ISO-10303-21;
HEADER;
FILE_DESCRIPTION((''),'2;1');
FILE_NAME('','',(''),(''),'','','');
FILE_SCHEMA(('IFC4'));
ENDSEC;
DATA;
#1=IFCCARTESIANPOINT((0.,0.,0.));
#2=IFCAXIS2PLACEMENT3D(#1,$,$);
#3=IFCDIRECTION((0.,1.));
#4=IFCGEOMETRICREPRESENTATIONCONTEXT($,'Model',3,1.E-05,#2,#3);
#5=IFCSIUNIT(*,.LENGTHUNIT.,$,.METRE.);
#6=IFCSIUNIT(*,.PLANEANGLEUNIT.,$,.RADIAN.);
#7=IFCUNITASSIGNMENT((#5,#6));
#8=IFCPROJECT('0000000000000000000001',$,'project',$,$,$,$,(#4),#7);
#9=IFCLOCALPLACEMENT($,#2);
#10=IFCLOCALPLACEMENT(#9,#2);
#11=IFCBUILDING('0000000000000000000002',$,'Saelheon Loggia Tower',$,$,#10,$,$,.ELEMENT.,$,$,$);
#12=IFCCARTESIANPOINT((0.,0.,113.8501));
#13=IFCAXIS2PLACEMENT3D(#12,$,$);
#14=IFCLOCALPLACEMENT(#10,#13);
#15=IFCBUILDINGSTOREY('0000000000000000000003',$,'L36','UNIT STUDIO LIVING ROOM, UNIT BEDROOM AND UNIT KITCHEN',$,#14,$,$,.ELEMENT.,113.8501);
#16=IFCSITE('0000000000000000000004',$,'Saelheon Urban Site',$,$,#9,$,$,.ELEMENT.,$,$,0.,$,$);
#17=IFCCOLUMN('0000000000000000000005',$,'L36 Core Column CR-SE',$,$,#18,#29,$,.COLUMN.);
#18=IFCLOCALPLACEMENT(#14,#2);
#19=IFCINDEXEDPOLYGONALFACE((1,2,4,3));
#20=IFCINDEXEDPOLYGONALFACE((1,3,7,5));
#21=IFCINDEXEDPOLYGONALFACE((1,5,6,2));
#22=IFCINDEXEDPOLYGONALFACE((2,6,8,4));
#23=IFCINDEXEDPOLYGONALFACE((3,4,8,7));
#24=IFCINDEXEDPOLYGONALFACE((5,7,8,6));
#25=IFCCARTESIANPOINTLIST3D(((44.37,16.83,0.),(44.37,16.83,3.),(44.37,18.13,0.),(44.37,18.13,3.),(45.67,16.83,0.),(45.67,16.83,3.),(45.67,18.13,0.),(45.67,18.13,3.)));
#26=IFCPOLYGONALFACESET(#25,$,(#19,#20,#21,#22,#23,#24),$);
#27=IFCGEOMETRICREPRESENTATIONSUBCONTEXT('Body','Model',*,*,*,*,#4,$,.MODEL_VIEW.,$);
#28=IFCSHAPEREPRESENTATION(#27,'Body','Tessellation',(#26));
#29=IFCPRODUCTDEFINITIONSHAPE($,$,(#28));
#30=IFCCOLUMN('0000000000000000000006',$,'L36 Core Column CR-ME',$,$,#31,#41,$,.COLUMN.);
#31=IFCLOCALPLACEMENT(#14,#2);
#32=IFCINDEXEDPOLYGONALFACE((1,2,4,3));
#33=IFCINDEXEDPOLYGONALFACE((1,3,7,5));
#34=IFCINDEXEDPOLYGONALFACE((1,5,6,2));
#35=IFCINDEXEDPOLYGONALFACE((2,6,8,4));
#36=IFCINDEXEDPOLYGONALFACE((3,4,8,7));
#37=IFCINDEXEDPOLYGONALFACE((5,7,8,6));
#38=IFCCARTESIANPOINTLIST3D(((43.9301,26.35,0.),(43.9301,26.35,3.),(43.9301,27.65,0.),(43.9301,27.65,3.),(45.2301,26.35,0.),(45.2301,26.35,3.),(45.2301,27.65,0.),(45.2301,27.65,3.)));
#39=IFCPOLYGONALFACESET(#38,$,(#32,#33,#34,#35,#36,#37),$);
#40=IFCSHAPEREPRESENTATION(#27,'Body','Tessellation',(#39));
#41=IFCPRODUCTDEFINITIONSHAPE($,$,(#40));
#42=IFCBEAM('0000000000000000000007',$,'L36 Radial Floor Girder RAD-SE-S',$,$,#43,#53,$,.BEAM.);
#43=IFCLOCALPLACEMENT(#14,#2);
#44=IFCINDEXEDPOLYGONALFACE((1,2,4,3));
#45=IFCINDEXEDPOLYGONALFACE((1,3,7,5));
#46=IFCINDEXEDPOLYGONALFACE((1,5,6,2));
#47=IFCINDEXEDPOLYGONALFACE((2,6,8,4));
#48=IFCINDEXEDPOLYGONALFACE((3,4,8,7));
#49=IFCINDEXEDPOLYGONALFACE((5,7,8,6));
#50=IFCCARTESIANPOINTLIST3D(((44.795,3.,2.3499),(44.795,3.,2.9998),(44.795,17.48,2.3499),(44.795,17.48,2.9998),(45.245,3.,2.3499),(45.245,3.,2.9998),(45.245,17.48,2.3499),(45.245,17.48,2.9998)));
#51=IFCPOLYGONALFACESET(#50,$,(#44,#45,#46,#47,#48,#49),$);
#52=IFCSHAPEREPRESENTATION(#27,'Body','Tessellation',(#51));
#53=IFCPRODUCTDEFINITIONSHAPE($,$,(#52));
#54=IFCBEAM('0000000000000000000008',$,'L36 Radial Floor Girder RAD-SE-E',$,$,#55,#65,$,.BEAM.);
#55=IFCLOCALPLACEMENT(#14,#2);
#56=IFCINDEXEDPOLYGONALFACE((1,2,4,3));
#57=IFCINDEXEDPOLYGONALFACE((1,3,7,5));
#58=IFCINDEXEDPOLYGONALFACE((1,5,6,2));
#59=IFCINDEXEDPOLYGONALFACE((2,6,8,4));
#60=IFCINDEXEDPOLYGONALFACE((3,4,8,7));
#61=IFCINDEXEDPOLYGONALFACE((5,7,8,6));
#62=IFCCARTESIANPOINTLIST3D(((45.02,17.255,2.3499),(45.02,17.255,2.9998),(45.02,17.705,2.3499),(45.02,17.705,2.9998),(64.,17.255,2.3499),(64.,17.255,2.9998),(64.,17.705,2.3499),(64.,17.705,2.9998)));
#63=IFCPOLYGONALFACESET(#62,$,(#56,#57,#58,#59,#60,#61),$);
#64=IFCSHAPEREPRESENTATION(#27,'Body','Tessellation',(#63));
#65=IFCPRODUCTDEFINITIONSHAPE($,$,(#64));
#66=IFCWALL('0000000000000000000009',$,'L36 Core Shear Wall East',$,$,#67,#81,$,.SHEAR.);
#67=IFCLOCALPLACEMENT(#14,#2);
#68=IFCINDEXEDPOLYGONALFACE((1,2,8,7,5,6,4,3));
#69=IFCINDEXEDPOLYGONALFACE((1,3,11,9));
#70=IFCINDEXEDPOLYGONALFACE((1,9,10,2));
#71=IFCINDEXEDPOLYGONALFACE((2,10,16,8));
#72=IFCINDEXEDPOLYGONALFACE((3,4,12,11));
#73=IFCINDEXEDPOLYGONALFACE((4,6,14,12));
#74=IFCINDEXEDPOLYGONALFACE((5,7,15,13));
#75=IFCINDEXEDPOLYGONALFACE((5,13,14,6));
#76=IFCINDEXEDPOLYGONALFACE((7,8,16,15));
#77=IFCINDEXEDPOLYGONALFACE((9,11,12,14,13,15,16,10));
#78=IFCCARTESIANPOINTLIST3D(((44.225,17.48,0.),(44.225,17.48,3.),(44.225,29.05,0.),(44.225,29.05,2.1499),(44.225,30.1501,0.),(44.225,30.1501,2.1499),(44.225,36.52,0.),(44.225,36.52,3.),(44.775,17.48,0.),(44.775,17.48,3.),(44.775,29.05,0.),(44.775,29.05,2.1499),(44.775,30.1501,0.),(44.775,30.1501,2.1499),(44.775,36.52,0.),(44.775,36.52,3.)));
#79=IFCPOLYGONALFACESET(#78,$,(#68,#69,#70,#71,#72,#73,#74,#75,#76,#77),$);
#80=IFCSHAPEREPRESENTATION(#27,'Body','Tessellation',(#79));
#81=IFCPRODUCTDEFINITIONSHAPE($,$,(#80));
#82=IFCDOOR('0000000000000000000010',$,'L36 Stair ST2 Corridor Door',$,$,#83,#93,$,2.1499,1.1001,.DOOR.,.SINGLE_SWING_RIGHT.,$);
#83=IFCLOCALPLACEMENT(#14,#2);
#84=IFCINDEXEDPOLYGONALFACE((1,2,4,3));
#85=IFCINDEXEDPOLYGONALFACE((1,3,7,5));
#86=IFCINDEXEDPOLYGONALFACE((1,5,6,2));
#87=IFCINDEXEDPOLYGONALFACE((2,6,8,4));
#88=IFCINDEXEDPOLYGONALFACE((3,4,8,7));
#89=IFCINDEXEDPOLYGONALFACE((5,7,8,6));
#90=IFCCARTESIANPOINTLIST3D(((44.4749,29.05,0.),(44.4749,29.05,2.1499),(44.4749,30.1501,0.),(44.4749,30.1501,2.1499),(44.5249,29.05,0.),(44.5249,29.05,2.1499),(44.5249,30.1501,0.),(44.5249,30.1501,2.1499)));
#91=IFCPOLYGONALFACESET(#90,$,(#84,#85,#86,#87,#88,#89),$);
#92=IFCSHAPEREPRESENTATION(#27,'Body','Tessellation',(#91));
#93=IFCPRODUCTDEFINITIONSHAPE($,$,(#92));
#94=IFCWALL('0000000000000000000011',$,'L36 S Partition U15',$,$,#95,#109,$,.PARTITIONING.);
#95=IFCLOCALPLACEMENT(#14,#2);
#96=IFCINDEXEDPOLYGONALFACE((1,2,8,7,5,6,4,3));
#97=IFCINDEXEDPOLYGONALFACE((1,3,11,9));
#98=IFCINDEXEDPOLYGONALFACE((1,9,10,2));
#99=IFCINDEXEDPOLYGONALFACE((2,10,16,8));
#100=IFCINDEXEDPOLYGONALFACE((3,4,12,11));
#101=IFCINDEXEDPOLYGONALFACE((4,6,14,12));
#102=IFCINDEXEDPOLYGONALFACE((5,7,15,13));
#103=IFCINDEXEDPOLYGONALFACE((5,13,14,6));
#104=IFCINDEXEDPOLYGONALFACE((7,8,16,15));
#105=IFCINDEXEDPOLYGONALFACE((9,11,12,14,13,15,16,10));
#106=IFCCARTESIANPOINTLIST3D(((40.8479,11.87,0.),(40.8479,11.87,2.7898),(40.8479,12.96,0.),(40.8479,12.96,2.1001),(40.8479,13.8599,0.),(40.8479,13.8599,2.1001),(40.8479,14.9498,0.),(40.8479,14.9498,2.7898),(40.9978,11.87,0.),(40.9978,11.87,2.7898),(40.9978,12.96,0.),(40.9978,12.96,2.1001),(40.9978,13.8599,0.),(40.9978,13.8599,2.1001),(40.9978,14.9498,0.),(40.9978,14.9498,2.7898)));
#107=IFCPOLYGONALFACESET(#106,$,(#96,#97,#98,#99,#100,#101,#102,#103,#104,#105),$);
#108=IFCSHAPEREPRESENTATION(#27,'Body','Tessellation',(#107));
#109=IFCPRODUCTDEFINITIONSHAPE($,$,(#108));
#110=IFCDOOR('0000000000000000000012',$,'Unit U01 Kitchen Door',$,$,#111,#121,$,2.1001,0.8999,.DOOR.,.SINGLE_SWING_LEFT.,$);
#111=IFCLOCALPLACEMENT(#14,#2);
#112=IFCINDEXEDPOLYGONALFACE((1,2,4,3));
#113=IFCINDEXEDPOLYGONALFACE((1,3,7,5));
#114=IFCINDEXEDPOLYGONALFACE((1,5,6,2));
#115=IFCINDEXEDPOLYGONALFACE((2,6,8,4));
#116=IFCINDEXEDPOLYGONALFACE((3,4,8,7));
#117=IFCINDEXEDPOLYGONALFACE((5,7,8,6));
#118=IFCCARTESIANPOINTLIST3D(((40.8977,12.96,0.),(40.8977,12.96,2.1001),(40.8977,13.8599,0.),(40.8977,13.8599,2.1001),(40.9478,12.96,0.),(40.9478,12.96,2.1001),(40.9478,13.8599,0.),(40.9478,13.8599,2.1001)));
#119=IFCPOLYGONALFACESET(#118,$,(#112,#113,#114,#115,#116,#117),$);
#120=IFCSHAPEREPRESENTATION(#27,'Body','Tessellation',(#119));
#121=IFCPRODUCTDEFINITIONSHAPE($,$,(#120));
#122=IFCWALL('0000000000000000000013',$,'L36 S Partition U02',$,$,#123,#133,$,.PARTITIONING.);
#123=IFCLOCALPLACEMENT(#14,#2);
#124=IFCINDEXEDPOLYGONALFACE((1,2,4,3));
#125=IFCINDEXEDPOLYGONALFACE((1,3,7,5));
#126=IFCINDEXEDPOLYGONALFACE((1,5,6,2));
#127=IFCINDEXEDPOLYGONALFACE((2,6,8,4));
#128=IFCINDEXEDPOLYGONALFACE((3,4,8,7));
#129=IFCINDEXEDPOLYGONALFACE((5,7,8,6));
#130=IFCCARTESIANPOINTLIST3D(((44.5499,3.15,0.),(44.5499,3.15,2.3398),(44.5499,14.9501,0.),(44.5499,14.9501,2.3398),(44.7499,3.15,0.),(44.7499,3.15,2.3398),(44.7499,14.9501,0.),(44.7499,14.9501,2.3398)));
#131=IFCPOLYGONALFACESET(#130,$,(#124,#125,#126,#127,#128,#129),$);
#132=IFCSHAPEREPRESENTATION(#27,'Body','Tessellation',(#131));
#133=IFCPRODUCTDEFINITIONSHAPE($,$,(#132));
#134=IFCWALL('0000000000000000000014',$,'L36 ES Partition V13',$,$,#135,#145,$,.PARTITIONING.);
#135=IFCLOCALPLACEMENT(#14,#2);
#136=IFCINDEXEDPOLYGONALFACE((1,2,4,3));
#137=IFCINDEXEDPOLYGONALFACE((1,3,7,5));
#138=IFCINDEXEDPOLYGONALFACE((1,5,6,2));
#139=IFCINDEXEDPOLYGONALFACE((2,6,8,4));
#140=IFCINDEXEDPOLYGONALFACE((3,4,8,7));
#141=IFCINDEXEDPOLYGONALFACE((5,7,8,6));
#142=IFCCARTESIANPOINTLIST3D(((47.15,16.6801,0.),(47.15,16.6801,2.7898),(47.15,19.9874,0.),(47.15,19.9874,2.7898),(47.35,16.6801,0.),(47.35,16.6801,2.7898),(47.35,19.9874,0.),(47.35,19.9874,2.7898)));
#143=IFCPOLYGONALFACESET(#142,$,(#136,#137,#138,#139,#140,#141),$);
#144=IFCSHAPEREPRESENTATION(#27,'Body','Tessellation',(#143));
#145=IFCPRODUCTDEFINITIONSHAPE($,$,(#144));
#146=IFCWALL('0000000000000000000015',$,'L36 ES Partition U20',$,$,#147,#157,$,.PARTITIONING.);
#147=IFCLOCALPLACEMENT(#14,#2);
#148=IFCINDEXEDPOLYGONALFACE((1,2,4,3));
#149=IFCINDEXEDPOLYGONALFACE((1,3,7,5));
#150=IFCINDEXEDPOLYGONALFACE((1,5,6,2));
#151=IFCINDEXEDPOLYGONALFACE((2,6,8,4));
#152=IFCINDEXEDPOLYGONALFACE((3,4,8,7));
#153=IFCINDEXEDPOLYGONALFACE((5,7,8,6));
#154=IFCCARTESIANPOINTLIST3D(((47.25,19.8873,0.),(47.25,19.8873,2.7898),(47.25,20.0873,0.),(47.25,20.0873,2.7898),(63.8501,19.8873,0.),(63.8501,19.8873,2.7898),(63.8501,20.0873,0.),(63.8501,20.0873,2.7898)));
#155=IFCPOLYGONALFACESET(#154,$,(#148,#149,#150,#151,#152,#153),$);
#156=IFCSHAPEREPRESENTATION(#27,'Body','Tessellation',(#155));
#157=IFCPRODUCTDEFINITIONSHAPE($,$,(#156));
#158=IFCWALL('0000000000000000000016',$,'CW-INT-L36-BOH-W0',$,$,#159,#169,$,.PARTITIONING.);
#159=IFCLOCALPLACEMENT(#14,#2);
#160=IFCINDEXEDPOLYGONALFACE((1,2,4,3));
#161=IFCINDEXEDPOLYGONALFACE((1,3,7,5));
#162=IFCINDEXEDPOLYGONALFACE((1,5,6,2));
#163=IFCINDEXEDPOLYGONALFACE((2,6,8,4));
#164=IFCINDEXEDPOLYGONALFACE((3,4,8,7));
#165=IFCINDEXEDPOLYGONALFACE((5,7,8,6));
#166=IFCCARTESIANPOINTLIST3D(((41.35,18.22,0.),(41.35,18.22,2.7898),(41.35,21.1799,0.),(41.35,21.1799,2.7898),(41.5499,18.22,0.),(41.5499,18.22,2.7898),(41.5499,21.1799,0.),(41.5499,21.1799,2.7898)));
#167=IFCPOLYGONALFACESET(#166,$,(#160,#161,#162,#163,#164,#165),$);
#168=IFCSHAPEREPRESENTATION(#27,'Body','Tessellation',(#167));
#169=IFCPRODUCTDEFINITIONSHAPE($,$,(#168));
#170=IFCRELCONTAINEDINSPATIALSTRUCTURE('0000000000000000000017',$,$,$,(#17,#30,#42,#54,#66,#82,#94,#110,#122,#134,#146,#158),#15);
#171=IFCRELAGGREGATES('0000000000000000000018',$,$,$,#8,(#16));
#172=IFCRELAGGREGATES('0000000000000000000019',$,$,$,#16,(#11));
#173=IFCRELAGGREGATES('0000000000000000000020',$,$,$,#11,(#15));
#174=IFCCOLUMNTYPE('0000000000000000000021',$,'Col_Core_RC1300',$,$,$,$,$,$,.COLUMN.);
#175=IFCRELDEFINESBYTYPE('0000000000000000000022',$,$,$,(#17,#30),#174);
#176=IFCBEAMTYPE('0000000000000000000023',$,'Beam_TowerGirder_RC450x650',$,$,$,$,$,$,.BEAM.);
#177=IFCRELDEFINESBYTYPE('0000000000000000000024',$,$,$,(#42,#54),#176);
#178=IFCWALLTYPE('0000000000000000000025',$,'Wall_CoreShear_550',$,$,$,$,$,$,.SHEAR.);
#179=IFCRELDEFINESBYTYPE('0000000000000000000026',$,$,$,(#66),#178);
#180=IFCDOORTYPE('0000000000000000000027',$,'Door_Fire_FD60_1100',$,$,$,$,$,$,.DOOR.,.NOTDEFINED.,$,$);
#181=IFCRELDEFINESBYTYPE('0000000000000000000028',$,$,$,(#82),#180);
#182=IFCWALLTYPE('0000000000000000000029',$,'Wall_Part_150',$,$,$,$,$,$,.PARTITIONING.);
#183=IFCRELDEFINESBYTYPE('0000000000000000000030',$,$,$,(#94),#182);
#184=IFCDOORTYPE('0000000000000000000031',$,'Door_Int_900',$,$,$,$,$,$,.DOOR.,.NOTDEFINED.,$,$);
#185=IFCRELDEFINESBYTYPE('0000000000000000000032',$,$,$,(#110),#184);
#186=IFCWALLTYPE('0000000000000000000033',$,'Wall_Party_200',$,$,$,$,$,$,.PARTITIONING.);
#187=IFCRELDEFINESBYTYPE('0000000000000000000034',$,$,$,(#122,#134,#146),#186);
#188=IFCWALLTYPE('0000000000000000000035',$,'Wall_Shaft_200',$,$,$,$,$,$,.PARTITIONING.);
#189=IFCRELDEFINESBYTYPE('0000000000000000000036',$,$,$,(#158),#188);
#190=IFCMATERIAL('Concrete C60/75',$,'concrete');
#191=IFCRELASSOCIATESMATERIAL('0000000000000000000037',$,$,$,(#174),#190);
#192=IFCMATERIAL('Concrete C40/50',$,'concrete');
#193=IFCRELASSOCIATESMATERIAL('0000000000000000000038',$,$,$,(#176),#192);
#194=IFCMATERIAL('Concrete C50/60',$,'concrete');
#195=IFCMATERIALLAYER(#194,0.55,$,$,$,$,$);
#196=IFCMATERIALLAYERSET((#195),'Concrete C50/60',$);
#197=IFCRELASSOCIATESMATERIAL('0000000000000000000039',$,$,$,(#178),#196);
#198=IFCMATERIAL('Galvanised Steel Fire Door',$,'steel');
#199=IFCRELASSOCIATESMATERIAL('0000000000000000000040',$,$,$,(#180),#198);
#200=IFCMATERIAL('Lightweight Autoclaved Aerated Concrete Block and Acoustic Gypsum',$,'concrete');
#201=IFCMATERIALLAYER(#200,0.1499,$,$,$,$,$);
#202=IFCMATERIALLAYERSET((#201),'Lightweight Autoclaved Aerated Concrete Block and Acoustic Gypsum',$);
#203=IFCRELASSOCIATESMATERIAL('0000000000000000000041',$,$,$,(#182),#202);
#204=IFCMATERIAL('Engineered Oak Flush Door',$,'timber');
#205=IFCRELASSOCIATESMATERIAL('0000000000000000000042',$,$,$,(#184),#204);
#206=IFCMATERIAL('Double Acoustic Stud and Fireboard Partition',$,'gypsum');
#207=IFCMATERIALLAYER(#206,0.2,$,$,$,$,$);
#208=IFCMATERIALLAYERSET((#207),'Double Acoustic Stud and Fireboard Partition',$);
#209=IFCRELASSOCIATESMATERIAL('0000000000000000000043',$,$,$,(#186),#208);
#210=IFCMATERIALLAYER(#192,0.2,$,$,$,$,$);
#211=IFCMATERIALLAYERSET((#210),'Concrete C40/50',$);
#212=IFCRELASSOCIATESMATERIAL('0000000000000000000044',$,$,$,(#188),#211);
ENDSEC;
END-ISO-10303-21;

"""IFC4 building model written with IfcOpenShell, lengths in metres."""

from ifc_helpers import new_model, si_unit, direction, frame, frame_2d, origin, origin_2d, place, context, subcontext, project, spatial, rectangle, extrude, source, transform, mapped, material, layer, layer_set, material_profile, profile_set, type_object, element, fill, save


model = new_model("IFC4")

# Units and contexts
model_context = context("Model", 3, precision=1e-05, world=origin(), true_north=direction((0.0, 1.0)))
body_context = subcontext(model_context, "Body", "Model", "MODEL_VIEW")
ifc_project = project(units=[si_unit("LENGTHUNIT", "METRE"), si_unit("PLANEANGLEUNIT", "RADIAN")], contexts=[model_context])

# Site, building, storey
site_placement = place(None, origin())
site = spatial("IfcSite", under=ifc_project, at=site_placement, Name="Saelheon Urban Site", CompositionType="ELEMENT", RefElevation=0.0)
building_placement = place(site_placement, origin())
building = spatial("IfcBuilding", under=site, at=building_placement, Name="Saelheon Loggia Tower", CompositionType="ELEMENT")
storey_placement = place(building_placement, frame((0.0, 0.0, 113.8501)))
storey = spatial("IfcBuildingStorey", under=building, at=storey_placement, Name="L36", Description="UNIT STUDIO LIVING ROOM, UNIT BEDROOM AND UNIT KITCHEN", CompositionType="ELEMENT", Elevation=113.8501)

# Columns
ifc_material_1 = material(Name="Concrete C60/75", Category="concrete")
ifc_material_profile_1 = material_profile(ifc_material_1, rectangle(XDim=1.3, YDim=1.3, at=origin_2d()), Name="RC-1300x1300")
ifc_profile_set_1 = profile_set([ifc_material_profile_1], Name="Concrete C60/75")
column_type = type_object("IfcColumnType", Name="Col_Core_RC1300", PredefinedType="COLUMN", material=ifc_profile_set_1)
shared_shape_1 = source(origin(), body_context, "Body", "SweptSolid", [
    extrude(rectangle(XDim=1.3, YDim=1.3, at=origin_2d()), origin(), (0.0, 0.0, 1.0), 3.0),
])
for number, where, z_axis, x_axis, name in (
    (1, (45.02, 17.48, 0.0), (0.0, 0.0, 1.0), (1.0, 0.0, 0.0), "L36 Core Column CR-SE"),
    (2, (44.5801, 27.0, 0.0), (0.0, 0.0, 1.0), (1.0, 0.0, 0.0), "L36 Core Column CR-ME"),
):
    element("IfcColumn", number, at=place(storey_placement, frame(where, z_axis=z_axis, x_axis=x_axis)), inside=storey, type_object=column_type, Name=name, PredefinedType="COLUMN", context=body_context, shape_type="MappedRepresentation", body=[
        mapped(shared_shape_1, transform((0.0, 0.0, 0.0), scale=1.0)),
    ])

# Beams
ifc_material_2 = material(Name="Concrete C40/50", Category="concrete")
ifc_material_profile_2 = material_profile(ifc_material_2, rectangle(XDim=0.45, YDim=0.6499, at=origin_2d()), Name="RC-450x650")
ifc_profile_set_2 = profile_set([ifc_material_profile_2], Name="Concrete C40/50")
beam_type = type_object("IfcBeamType", Name="Beam_TowerGirder_RC450x650", PredefinedType="BEAM", material=ifc_profile_set_2)
shared_shape_2 = source(origin(), body_context, "Body", "SweptSolid", [
    extrude(rectangle(XDim=0.45, YDim=0.6499, at=origin_2d()), origin(), (0.0, 0.0, 1.0), 14.48),
])
beam_1_placement = place(storey_placement, frame((45.02, 17.48, 2.6748), z_axis=(0.0, -1.0, 0.0), x_axis=(1.0, 0.0, 0.0)))
element("IfcBeam", 3, at=beam_1_placement, inside=storey, type_object=beam_type, Name="L36 Radial Floor Girder RAD-SE-S", PredefinedType="BEAM", context=body_context, shape_type="MappedRepresentation", body=[
    mapped(shared_shape_2, transform((0.0, 0.0, 0.0), scale=1.0)),
])
shared_shape_3 = source(origin(), body_context, "Body", "SweptSolid", [
    extrude(rectangle(XDim=0.45, YDim=0.6499, at=origin_2d()), origin(), (0.0, 0.0, 1.0), 18.98),
])
beam_2_placement = place(storey_placement, frame((45.02, 17.48, 2.6748), z_axis=(1.0, 0.0, 0.0), x_axis=(0.0, 1.0, 0.0)))
element("IfcBeam", 4, at=beam_2_placement, inside=storey, type_object=beam_type, Name="L36 Radial Floor Girder RAD-SE-E", PredefinedType="BEAM", context=body_context, shape_type="MappedRepresentation", body=[
    mapped(shared_shape_3, transform((0.0, 0.0, 0.0), scale=1.0)),
])

# Walls, openings, doors
ifc_material_3 = material(Name="Concrete C50/60", Category="concrete")
ifc_layer_1 = layer(ifc_material_3, 0.55)
ifc_layer_set_1 = layer_set([ifc_layer_1], Name="Concrete C50/60")
wall_type_1 = type_object("IfcWallType", Name="Wall_CoreShear_550", PredefinedType="SHEAR", material=ifc_layer_set_1)
wall_1_placement = place(storey_placement, frame((44.5, 17.48, 0.0), z_axis=(0.0, 0.0, 1.0), x_axis=(0.0, 1.0, 0.0)))
wall_1 = element("IfcWall", 5, at=wall_1_placement, inside=storey, type_object=wall_type_1, Name="L36 Core Shear Wall East", PredefinedType="SHEAR", context=body_context, shape_type="SweptSolid", body=[
    extrude(rectangle(XDim=19.04, YDim=0.55, at=frame_2d((9.52, 0.0))), origin(), (0.0, 0.0, 1.0), 3.0),
])
opening_1_placement = place(wall_1_placement, frame((12.6702, 0.0, 0.0), z_axis=(0.0, 0.0, 1.0), x_axis=(-1.0, 0.0, 0.0)))
opening_1 = element("IfcOpeningElement", 6, at=opening_1_placement, cuts=wall_1, PredefinedType="OPENING", context=body_context, shape_type="SweptSolid", body=[
    extrude(rectangle(XDim=1.1001, YDim=2.1499, at=frame_2d((0.55, 1.075))), frame((0.0, 0.2871, 0.0), z_axis=(0.0, -1.0, 0.0), x_axis=(1.0, 0.0, 0.0)), (0.0, 0.0, 1.0), 0.574),
])
ifc_material_4 = material(Name="Galvanised Steel Fire Door", Category="steel")
door_type_1 = type_object("IfcDoorType", Name="Door_Fire_FD60_1100", OperationType="NOTDEFINED", PredefinedType="DOOR", material=ifc_material_4)
shared_shape_4 = source(origin(), body_context, "Body", "SweptSolid", [
    extrude(rectangle(XDim=1.1001, YDim=2.1499, at=frame_2d((0.55, 1.075))), frame((0.0, 0.0249, 0.0), z_axis=(0.0, -1.0, 0.0), x_axis=(1.0, 0.0, 0.0)), (0.0, 0.0, 1.0), 0.05),
])
door_1_placement = place(opening_1_placement, origin())
door_1 = element("IfcDoor", 7, at=door_1_placement, inside=storey, type_object=door_type_1, Name="L36 Stair ST2 Corridor Door", OperationType="SINGLE_SWING_RIGHT", OverallHeight=2.1499, OverallWidth=1.1001, PredefinedType="DOOR", context=body_context, shape_type="MappedRepresentation", body=[
    mapped(shared_shape_4, transform((0.0, 0.0, 0.0), scale=1.0)),
])
fill(opening_1, door_1)
ifc_material_5 = material(Name="Lightweight Autoclaved Aerated Concrete Block and Acoustic Gypsum", Category="concrete")
ifc_layer_2 = layer(ifc_material_5, 0.1499)
ifc_layer_set_2 = layer_set([ifc_layer_2], Name="Lightweight Autoclaved Aerated Concrete Block and Acoustic Gypsum")
wall_type_2 = type_object("IfcWallType", Name="Wall_Part_150", PredefinedType="PARTITIONING", material=ifc_layer_set_2)
wall_2_placement = place(storey_placement, frame((40.9229, 14.95, 0.0), z_axis=(0.0, 0.0, 1.0), x_axis=(0.0, -1.0, 0.0)))
wall_2 = element("IfcWall", 8, at=wall_2_placement, inside=storey, type_object=wall_type_2, Name="L36 S Partition U15", PredefinedType="PARTITIONING", context=body_context, shape_type="SweptSolid", body=[
    extrude(rectangle(XDim=3.0798, YDim=0.1499, at=frame_2d((1.54, 0.0))), origin(), (0.0, 0.0, 1.0), 2.7898),
])
opening_2_placement = place(wall_2_placement, frame((1.0901, 0.0, 0.0)))
opening_2 = element("IfcOpeningElement", 9, at=opening_2_placement, cuts=wall_2, PredefinedType="OPENING", context=body_context, shape_type="SweptSolid", body=[
    extrude(rectangle(XDim=0.8999, YDim=2.1001, at=frame_2d((0.45, 1.05))), frame((0.0, 0.0869, 0.0), z_axis=(0.0, -1.0, 0.0), x_axis=(1.0, 0.0, 0.0)), (0.0, 0.0, 1.0), 0.1738),
])
ifc_material_6 = material(Name="Engineered Oak Flush Door", Category="timber")
door_type_2 = type_object("IfcDoorType", Name="Door_Int_900", OperationType="NOTDEFINED", PredefinedType="DOOR", material=ifc_material_6)
shared_shape_5 = source(origin(), body_context, "Body", "SweptSolid", [
    extrude(rectangle(XDim=0.8999, YDim=2.1001, at=frame_2d((0.45, 1.05))), frame((0.0, 0.0249, 0.0), z_axis=(0.0, -1.0, 0.0), x_axis=(1.0, 0.0, 0.0)), (0.0, 0.0, 1.0), 0.05),
])
door_2_placement = place(opening_2_placement, origin())
door_2 = element("IfcDoor", 10, at=door_2_placement, inside=storey, type_object=door_type_2, Name="Unit U01 Kitchen Door", OperationType="SINGLE_SWING_LEFT", OverallHeight=2.1001, OverallWidth=0.8999, PredefinedType="DOOR", context=body_context, shape_type="MappedRepresentation", body=[
    mapped(shared_shape_5, transform((0.0, 0.0, 0.0), scale=1.0)),
])
fill(opening_2, door_2)

# Walls
ifc_material_7 = material(Name="Double Acoustic Stud and Fireboard Partition", Category="gypsum")
ifc_layer_3 = layer(ifc_material_7, 0.2)
ifc_layer_set_3 = layer_set([ifc_layer_3], Name="Double Acoustic Stud and Fireboard Partition")
wall_type_3 = type_object("IfcWallType", Name="Wall_Party_200", PredefinedType="PARTITIONING", material=ifc_layer_set_3)
wall_3_placement = place(storey_placement, frame((44.6499, 14.95, 0.0), z_axis=(0.0, 0.0, 1.0), x_axis=(0.0, -1.0, 0.0)))
element("IfcWall", 11, at=wall_3_placement, inside=storey, type_object=wall_type_3, Name="L36 S Partition U02", PredefinedType="PARTITIONING", context=body_context, shape_type="SweptSolid", body=[
    extrude(rectangle(XDim=11.8, YDim=0.2, at=frame_2d((5.8999, 0.0))), origin(), (0.0, 0.0, 1.0), 2.3398),
])
wall_4_placement = place(storey_placement, frame((47.25, 16.6799, 0.0), z_axis=(0.0, 0.0, 1.0), x_axis=(0.0, 1.0, 0.0)))
element("IfcWall", 12, at=wall_4_placement, inside=storey, type_object=wall_type_3, Name="L36 ES Partition V13", PredefinedType="PARTITIONING", context=body_context, shape_type="SweptSolid", body=[
    extrude(rectangle(XDim=3.3074, YDim=0.2, at=frame_2d((1.6538, 0.0))), origin(), (0.0, 0.0, 1.0), 2.7898),
])
wall_5_placement = place(storey_placement, frame((47.25, 19.9873, 0.0), z_axis=(0.0, 0.0, 1.0), x_axis=(1.0, 0.0, 0.0)))
element("IfcWall", 13, at=wall_5_placement, inside=storey, type_object=wall_type_3, Name="L36 ES Partition U20", PredefinedType="PARTITIONING", context=body_context, shape_type="SweptSolid", body=[
    extrude(rectangle(XDim=16.6001, YDim=0.2, at=frame_2d((8.3, 0.0))), origin(), (0.0, 0.0, 1.0), 2.7898),
])
ifc_layer_4 = layer(ifc_material_2, 0.2)
ifc_layer_set_4 = layer_set([ifc_layer_4], Name="Concrete C40/50")
wall_type_4 = type_object("IfcWallType", Name="Wall_Shaft_200", PredefinedType="PARTITIONING", material=ifc_layer_set_4)
wall_6_placement = place(storey_placement, frame((41.45, 18.22, 0.0), z_axis=(0.0, 0.0, 1.0), x_axis=(0.0, 1.0, 0.0)))
element("IfcWall", 14, at=wall_6_placement, inside=storey, type_object=wall_type_4, Name="CW-INT-L36-BOH-W0", PredefinedType="PARTITIONING", context=body_context, shape_type="SweptSolid", body=[
    extrude(rectangle(XDim=2.96, YDim=0.2, at=frame_2d((1.48, 0.0))), origin(), (0.0, 0.0, 1.0), 2.7898),
])

save(model, "model.ifc")
